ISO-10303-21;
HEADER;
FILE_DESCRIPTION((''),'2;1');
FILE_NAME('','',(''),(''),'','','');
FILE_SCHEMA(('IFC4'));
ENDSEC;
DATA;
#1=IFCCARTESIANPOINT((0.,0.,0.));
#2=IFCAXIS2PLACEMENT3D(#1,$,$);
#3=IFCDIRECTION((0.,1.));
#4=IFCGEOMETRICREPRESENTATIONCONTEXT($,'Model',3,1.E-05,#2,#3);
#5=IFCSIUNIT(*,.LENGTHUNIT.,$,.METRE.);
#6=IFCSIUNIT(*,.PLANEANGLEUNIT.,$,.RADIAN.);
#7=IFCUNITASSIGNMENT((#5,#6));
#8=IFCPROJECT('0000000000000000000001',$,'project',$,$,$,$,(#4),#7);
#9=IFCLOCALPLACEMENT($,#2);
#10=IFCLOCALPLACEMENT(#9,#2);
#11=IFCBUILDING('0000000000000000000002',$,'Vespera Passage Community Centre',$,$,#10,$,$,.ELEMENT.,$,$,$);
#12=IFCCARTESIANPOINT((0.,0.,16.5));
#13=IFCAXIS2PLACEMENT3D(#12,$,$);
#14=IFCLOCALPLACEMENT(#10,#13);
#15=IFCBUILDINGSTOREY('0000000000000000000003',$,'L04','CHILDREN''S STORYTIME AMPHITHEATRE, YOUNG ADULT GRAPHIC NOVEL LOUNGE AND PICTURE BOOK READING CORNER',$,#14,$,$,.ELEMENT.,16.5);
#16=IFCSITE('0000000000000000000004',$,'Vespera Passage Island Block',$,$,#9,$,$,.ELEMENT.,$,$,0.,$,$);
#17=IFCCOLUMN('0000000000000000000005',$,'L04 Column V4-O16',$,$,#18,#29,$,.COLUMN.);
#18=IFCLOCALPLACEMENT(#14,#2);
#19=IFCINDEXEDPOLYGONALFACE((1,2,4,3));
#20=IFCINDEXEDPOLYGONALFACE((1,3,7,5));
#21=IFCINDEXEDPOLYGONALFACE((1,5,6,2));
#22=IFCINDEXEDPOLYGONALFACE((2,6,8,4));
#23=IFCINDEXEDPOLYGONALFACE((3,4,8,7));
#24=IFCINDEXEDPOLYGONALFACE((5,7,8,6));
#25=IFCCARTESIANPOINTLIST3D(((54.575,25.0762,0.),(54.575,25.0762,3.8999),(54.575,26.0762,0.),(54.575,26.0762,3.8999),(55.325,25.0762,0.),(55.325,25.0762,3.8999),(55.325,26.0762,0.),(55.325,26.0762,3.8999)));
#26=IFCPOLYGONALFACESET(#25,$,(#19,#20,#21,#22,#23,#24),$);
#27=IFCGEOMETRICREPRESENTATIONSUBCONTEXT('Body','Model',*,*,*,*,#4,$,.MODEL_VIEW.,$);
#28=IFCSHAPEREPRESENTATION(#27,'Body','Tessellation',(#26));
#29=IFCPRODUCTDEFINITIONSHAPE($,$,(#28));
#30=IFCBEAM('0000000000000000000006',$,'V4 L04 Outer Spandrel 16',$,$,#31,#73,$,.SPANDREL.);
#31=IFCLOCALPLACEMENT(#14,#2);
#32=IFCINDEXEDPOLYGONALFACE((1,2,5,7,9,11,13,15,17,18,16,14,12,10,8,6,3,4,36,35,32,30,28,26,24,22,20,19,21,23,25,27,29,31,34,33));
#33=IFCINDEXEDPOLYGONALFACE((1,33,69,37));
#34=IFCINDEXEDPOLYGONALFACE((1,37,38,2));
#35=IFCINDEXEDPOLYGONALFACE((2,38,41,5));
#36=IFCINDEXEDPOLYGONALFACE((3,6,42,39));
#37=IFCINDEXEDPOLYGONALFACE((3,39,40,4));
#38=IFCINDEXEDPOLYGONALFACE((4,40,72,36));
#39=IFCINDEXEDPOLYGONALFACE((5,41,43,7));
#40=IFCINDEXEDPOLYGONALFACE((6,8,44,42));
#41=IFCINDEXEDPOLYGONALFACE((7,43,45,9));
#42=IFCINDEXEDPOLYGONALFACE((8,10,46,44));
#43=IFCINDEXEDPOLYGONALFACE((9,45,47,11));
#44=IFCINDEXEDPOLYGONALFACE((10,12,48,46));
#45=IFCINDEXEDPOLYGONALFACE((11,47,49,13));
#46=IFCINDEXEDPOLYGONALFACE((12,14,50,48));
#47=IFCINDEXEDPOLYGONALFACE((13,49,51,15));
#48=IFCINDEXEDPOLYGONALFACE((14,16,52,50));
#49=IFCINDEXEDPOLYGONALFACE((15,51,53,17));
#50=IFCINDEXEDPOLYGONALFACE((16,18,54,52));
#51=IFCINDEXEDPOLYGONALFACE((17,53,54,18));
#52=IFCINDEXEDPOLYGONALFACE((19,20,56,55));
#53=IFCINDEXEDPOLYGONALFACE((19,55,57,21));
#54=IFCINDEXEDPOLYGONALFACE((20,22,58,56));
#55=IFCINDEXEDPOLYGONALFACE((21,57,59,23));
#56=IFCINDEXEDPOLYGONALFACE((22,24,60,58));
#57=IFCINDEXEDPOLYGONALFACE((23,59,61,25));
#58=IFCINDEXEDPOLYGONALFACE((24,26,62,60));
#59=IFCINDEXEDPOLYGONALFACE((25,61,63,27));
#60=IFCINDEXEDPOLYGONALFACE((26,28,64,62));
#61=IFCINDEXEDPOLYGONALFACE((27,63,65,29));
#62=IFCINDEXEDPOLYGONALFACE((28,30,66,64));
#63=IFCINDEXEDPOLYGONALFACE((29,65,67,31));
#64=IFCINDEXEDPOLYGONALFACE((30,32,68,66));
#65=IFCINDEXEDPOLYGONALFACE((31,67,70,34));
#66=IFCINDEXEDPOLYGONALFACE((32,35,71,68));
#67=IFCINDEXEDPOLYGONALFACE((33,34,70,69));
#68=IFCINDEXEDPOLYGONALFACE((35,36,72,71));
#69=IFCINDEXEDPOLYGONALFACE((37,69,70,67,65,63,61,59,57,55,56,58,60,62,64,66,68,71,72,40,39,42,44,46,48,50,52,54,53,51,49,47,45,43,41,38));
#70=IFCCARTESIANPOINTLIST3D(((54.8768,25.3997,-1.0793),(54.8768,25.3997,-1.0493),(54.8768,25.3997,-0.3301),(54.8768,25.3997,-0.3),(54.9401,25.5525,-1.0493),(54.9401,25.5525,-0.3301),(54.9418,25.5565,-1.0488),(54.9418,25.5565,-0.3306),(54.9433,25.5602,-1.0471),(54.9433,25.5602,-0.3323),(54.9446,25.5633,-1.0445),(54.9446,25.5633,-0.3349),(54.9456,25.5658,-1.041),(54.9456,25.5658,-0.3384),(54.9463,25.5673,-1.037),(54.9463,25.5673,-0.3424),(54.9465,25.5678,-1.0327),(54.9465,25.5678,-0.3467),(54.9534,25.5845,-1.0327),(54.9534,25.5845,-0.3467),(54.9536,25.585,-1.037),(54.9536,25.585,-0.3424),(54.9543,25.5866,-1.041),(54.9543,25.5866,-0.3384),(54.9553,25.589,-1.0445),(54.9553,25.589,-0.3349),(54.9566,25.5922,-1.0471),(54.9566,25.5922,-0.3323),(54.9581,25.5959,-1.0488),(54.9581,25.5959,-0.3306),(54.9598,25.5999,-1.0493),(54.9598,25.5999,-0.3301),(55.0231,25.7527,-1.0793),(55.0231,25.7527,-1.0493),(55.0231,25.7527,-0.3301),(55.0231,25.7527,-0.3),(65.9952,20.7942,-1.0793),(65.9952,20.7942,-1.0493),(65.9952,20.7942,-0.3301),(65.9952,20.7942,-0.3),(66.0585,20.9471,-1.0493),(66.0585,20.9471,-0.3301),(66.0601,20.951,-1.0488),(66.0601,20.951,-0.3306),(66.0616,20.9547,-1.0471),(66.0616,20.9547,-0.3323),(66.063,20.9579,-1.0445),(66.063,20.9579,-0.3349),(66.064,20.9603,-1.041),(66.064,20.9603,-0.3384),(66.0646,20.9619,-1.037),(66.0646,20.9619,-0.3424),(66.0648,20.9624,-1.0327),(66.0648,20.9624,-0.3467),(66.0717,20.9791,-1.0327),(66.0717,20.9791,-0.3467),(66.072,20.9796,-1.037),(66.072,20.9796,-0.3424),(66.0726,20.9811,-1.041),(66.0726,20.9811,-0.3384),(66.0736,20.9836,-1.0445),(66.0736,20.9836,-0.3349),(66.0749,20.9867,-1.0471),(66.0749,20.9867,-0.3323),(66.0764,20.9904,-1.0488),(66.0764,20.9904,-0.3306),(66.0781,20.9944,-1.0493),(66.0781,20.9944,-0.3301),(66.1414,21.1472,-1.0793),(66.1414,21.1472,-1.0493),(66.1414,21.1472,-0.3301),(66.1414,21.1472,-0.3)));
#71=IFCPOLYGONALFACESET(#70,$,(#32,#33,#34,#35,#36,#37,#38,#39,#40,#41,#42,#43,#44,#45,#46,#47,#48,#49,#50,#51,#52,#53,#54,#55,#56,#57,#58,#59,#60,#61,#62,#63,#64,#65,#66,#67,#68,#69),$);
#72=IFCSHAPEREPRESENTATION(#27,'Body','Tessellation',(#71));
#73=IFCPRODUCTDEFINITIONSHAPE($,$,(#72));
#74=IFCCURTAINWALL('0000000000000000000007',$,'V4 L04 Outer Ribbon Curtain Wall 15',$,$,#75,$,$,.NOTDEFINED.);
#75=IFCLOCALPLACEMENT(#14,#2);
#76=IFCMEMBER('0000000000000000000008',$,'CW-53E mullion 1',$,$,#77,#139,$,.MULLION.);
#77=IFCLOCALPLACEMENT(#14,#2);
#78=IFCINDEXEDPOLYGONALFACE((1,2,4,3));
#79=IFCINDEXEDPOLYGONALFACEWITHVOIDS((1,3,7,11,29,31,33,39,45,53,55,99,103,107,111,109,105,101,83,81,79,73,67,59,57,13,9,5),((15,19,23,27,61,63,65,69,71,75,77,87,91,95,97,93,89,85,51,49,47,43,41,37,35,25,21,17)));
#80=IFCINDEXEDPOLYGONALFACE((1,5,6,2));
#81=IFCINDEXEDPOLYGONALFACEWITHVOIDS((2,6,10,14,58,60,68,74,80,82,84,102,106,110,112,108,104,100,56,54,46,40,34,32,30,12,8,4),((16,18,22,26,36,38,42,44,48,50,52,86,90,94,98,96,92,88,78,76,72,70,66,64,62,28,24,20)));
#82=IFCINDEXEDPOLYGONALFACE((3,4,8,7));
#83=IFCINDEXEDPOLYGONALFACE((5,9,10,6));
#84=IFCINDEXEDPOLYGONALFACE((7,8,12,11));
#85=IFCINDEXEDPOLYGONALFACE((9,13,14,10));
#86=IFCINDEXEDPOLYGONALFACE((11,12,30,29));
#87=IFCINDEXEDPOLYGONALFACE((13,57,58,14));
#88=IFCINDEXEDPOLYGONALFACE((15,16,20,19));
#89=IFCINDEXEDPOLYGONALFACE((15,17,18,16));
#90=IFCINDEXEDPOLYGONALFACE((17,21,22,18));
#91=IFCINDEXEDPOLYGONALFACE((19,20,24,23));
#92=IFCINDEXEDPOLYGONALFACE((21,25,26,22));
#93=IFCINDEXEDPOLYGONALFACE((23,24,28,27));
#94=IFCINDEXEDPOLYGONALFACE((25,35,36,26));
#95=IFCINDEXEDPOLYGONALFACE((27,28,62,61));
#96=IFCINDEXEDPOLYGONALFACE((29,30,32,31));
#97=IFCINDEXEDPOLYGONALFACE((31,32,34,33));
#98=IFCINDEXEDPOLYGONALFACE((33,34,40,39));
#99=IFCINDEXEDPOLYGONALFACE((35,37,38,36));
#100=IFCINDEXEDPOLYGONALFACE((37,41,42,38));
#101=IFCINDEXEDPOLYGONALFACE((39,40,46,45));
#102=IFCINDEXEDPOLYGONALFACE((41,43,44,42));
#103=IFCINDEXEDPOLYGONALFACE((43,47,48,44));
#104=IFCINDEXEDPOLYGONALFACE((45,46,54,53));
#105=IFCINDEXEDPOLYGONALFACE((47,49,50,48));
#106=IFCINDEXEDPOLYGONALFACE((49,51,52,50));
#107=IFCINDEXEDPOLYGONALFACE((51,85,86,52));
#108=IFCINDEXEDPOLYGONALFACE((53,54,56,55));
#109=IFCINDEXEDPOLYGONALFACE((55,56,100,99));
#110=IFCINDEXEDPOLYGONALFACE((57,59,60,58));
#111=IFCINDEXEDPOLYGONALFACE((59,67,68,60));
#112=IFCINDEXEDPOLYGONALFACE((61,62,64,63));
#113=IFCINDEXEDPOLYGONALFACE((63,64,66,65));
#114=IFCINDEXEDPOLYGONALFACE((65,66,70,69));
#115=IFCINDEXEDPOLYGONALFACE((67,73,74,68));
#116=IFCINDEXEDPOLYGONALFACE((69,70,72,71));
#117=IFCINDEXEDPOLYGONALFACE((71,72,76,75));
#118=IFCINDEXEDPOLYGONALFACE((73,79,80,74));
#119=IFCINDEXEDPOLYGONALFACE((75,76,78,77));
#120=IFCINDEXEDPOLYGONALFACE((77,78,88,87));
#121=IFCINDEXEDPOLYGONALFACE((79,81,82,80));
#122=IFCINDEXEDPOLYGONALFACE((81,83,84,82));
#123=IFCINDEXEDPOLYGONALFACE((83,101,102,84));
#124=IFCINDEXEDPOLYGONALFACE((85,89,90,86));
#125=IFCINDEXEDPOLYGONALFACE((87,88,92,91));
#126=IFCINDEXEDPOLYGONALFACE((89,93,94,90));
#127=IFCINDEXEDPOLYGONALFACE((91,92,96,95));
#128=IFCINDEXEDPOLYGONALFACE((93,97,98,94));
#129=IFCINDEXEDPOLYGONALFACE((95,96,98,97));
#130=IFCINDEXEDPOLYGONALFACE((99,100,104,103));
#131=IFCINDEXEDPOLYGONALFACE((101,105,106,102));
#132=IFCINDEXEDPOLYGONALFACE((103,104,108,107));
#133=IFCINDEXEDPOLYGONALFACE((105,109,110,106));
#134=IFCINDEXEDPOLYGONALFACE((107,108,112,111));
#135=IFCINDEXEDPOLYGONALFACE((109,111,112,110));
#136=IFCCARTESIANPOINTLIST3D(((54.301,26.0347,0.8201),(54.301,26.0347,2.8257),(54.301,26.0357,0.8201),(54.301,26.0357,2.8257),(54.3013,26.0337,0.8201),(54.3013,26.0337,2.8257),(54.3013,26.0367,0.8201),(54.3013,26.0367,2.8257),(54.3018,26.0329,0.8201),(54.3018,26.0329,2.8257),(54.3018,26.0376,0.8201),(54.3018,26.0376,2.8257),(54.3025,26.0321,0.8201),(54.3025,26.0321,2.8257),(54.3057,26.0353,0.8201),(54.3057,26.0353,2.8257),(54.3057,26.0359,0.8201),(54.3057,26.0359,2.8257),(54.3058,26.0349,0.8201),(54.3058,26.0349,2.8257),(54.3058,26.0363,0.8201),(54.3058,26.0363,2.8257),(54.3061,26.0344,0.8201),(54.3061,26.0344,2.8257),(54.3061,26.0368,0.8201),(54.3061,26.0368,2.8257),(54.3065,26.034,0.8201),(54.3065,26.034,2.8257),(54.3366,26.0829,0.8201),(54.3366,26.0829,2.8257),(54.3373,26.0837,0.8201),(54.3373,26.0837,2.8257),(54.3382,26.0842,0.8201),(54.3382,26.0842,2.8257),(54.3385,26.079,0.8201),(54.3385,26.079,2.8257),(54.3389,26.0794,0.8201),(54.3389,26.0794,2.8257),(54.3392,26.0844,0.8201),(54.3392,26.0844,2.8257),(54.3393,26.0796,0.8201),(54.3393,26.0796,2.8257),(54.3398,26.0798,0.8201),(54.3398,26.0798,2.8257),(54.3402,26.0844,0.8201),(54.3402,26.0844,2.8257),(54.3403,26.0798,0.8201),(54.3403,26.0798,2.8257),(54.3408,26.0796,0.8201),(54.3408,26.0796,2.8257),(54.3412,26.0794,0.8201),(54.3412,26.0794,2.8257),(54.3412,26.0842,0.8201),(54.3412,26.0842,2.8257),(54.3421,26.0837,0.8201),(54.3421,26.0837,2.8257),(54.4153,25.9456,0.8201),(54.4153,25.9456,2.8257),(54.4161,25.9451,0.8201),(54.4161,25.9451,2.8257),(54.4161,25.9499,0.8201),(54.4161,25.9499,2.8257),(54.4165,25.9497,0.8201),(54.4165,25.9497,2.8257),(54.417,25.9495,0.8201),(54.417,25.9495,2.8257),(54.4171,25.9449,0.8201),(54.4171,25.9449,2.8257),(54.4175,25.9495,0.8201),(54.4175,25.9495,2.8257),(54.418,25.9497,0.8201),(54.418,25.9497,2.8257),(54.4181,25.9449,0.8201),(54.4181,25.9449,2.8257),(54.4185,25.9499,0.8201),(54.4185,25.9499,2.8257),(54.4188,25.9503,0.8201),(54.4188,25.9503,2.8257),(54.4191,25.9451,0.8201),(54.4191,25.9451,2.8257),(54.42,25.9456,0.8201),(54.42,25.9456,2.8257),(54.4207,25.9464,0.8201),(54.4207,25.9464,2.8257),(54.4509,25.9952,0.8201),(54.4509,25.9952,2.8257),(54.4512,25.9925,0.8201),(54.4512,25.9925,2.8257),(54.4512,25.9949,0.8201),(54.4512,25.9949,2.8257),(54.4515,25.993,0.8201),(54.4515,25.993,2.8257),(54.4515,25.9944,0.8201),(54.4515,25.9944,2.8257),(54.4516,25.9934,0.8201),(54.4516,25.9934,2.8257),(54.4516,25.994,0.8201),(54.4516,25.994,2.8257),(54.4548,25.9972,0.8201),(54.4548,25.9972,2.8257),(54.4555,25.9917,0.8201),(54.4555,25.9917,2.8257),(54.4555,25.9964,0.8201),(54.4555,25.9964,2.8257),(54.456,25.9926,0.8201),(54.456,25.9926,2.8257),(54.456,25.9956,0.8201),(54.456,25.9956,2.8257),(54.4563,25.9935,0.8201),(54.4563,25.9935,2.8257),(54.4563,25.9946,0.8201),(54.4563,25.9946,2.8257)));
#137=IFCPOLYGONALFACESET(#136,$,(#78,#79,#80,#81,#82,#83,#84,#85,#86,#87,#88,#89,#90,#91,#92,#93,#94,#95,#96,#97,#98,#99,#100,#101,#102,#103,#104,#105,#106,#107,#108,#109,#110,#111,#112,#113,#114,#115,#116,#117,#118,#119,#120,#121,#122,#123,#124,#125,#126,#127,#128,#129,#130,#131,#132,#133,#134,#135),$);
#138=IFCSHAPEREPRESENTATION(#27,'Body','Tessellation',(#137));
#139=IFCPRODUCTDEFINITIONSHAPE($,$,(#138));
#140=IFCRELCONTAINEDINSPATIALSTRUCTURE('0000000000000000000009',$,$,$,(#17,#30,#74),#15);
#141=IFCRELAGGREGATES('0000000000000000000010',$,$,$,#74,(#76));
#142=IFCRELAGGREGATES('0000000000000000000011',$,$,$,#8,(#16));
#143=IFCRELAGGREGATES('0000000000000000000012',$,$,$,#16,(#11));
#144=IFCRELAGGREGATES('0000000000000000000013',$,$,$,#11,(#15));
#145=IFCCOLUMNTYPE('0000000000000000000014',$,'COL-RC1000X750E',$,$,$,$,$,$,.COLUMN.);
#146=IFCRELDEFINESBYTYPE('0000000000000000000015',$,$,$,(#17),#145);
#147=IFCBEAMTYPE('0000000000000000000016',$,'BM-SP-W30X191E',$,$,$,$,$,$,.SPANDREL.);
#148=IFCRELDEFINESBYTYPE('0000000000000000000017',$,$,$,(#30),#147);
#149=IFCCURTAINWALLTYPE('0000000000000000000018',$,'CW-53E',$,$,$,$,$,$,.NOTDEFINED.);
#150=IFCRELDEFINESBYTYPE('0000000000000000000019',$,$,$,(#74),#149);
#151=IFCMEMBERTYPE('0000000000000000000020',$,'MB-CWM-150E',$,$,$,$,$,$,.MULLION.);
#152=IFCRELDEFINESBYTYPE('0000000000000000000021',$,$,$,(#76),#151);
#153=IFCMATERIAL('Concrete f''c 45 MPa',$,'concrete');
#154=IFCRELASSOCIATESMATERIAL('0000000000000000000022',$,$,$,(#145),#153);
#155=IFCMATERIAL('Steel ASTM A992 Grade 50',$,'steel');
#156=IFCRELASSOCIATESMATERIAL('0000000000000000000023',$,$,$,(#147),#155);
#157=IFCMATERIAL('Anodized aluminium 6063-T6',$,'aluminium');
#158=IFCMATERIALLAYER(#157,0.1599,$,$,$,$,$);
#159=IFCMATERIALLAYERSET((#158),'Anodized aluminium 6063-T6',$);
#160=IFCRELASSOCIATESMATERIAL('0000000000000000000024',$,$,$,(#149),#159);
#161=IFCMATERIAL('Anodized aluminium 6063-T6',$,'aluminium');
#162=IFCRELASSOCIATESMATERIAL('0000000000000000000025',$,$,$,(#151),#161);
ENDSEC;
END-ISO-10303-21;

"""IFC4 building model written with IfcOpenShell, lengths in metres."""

from ifc_helpers import new_model, si_unit, direction, frame, origin, origin_2d, place, context, subcontext, project, spatial, rectangle, hollow_rectangle, i_section, extrude, material, layer, layer_set, material_profile, profile_set, type_object, element, aggregate, save


model = new_model("IFC4")

# Units and contexts
model_context = context("Model", 3, precision=1e-05, world=origin(), true_north=direction((0.0, 1.0)))
body_context = subcontext(model_context, "Body", "Model", "MODEL_VIEW")
ifc_project = project(units=[si_unit("LENGTHUNIT", "METRE"), si_unit("PLANEANGLEUNIT", "RADIAN")], contexts=[model_context])

# Site, building, storey
site_placement = place(None, origin())
site = spatial("IfcSite", under=ifc_project, at=site_placement, Name="Vespera Passage Island Block", CompositionType="ELEMENT", RefElevation=0.0)
building_placement = place(site_placement, origin())
building = spatial("IfcBuilding", under=site, at=building_placement, Name="Vespera Passage Community Centre", CompositionType="ELEMENT")
storey_placement = place(building_placement, frame((0.0, 0.0, 16.5)))
storey = spatial("IfcBuildingStorey", under=building, at=storey_placement, Name="L04", Description="CHILDREN'S STORYTIME AMPHITHEATRE, YOUNG ADULT GRAPHIC NOVEL LOUNGE AND PICTURE BOOK READING CORNER", CompositionType="ELEMENT", Elevation=16.5)

# Column
ifc_material_1 = material(Name="Concrete f'c 45 MPa", Category="concrete")
ifc_material_profile_1 = material_profile(ifc_material_1, rectangle(XDim=0.75, YDim=1.0, at=origin_2d()), Name="RC1000X750")
ifc_profile_set_1 = profile_set([ifc_material_profile_1], Name="Concrete f'c 45 MPa")
column_type = type_object("IfcColumnType", Name="COL-RC1000X750E", PredefinedType="COLUMN", material=ifc_profile_set_1)
column_placement = place(storey_placement, frame((54.95, 25.5762, 0.0), z_axis=(0.0, 0.0, 1.0), x_axis=(1.0, 0.0, 0.0)))
element("IfcColumn", 1, at=column_placement, inside=storey, type_object=column_type, Name="L04 Column V4-O16", PredefinedType="COLUMN", context=body_context, shape_type="SweptSolid", body=[
    extrude(rectangle(XDim=0.75, YDim=1.0, at=origin_2d()), origin(), (0.0, 0.0, 1.0), 3.8999),
])

# Beam
ifc_material_2 = material(Name="Steel ASTM A992 Grade 50", Category="steel")
ifc_material_profile_2 = material_profile(ifc_material_2, i_section(OverallWidth=0.3821, OverallDepth=0.7793, WebThickness=0.0181, FlangeThickness=0.03, FilletRadius=0.0166, at=origin_2d()), Name="W30X191")
ifc_profile_set_2 = profile_set([ifc_material_profile_2], Name="Steel ASTM A992 Grade 50")
beam_type = type_object("IfcBeamType", Name="BM-SP-W30X191E", PredefinedType="SPANDREL", material=ifc_profile_set_2)
beam_placement = place(storey_placement, frame((54.95, 25.5762, -0.6897), z_axis=(0.923877, -0.382689, 0.0), x_axis=(0.382689, 0.923877, 0.0)))
element("IfcBeam", 2, at=beam_placement, inside=storey, type_object=beam_type, Name="V4 L04 Outer Spandrel 16", PredefinedType="SPANDREL", context=body_context, shape_type="SweptSolid", body=[
    extrude(i_section(OverallWidth=0.3821, OverallDepth=0.7793, WebThickness=0.0181, FlangeThickness=0.03, FilletRadius=0.0166, at=origin_2d()), origin(), (0.0, 0.0, 1.0), 12.0344),
])

# Curtain wall, member
ifc_material_3 = material(Name="Anodized aluminium 6063-T6", Category="aluminium")
ifc_layer_1 = layer(ifc_material_3, 0.1599)
ifc_layer_set_1 = layer_set([ifc_layer_1], Name="Anodized aluminium 6063-T6")
curtain_wall_type = type_object("IfcCurtainWallType", Name="CW-53E", PredefinedType="NOTDEFINED", material=ifc_layer_set_1)
curtain_wall_placement = place(storey_placement, origin())
curtain_wall = element("IfcCurtainWall", 3, at=curtain_wall_placement, inside=storey, type_object=curtain_wall_type, Name="V4 L04 Outer Ribbon Curtain Wall 15", PredefinedType="NOTDEFINED")
ifc_material_4 = material(Name="Anodized aluminium 6063-T6", Category="aluminium")
ifc_material_profile_3 = material_profile(ifc_material_4, hollow_rectangle(XDim=0.0649, YDim=0.1499, WallThickness=0.0039, InnerFilletRadius=0.002, OuterFilletRadius=0.0039, at=origin_2d()), Name="ALU150X65X4")
ifc_profile_set_3 = profile_set([ifc_material_profile_3], Name="Anodized aluminium 6063-T6")
member_type_1 = type_object("IfcMemberType", Name="MB-CWM-150E", PredefinedType="MULLION", material=ifc_profile_set_3)
member_1_placement = place(storey_placement, frame((54.3787, 26.0146, 0.8201), z_axis=(0.0, 0.0, 1.0), x_axis=(-0.608772, -0.793345, 0.0)))
member_1 = element("IfcMember", 4, at=member_1_placement, type_object=member_type_1, Name="CW-53E mullion 1", PredefinedType="MULLION", context=body_context, shape_type="SweptSolid", body=[
    extrude(hollow_rectangle(XDim=0.0649, YDim=0.1499, WallThickness=0.0039, InnerFilletRadius=0.002, OuterFilletRadius=0.0039, at=origin_2d()), origin(), (0.0, 0.0, 1.0), 2.0056),
])
aggregate(curtain_wall, [member_1])

save(model, "model.ifc")
